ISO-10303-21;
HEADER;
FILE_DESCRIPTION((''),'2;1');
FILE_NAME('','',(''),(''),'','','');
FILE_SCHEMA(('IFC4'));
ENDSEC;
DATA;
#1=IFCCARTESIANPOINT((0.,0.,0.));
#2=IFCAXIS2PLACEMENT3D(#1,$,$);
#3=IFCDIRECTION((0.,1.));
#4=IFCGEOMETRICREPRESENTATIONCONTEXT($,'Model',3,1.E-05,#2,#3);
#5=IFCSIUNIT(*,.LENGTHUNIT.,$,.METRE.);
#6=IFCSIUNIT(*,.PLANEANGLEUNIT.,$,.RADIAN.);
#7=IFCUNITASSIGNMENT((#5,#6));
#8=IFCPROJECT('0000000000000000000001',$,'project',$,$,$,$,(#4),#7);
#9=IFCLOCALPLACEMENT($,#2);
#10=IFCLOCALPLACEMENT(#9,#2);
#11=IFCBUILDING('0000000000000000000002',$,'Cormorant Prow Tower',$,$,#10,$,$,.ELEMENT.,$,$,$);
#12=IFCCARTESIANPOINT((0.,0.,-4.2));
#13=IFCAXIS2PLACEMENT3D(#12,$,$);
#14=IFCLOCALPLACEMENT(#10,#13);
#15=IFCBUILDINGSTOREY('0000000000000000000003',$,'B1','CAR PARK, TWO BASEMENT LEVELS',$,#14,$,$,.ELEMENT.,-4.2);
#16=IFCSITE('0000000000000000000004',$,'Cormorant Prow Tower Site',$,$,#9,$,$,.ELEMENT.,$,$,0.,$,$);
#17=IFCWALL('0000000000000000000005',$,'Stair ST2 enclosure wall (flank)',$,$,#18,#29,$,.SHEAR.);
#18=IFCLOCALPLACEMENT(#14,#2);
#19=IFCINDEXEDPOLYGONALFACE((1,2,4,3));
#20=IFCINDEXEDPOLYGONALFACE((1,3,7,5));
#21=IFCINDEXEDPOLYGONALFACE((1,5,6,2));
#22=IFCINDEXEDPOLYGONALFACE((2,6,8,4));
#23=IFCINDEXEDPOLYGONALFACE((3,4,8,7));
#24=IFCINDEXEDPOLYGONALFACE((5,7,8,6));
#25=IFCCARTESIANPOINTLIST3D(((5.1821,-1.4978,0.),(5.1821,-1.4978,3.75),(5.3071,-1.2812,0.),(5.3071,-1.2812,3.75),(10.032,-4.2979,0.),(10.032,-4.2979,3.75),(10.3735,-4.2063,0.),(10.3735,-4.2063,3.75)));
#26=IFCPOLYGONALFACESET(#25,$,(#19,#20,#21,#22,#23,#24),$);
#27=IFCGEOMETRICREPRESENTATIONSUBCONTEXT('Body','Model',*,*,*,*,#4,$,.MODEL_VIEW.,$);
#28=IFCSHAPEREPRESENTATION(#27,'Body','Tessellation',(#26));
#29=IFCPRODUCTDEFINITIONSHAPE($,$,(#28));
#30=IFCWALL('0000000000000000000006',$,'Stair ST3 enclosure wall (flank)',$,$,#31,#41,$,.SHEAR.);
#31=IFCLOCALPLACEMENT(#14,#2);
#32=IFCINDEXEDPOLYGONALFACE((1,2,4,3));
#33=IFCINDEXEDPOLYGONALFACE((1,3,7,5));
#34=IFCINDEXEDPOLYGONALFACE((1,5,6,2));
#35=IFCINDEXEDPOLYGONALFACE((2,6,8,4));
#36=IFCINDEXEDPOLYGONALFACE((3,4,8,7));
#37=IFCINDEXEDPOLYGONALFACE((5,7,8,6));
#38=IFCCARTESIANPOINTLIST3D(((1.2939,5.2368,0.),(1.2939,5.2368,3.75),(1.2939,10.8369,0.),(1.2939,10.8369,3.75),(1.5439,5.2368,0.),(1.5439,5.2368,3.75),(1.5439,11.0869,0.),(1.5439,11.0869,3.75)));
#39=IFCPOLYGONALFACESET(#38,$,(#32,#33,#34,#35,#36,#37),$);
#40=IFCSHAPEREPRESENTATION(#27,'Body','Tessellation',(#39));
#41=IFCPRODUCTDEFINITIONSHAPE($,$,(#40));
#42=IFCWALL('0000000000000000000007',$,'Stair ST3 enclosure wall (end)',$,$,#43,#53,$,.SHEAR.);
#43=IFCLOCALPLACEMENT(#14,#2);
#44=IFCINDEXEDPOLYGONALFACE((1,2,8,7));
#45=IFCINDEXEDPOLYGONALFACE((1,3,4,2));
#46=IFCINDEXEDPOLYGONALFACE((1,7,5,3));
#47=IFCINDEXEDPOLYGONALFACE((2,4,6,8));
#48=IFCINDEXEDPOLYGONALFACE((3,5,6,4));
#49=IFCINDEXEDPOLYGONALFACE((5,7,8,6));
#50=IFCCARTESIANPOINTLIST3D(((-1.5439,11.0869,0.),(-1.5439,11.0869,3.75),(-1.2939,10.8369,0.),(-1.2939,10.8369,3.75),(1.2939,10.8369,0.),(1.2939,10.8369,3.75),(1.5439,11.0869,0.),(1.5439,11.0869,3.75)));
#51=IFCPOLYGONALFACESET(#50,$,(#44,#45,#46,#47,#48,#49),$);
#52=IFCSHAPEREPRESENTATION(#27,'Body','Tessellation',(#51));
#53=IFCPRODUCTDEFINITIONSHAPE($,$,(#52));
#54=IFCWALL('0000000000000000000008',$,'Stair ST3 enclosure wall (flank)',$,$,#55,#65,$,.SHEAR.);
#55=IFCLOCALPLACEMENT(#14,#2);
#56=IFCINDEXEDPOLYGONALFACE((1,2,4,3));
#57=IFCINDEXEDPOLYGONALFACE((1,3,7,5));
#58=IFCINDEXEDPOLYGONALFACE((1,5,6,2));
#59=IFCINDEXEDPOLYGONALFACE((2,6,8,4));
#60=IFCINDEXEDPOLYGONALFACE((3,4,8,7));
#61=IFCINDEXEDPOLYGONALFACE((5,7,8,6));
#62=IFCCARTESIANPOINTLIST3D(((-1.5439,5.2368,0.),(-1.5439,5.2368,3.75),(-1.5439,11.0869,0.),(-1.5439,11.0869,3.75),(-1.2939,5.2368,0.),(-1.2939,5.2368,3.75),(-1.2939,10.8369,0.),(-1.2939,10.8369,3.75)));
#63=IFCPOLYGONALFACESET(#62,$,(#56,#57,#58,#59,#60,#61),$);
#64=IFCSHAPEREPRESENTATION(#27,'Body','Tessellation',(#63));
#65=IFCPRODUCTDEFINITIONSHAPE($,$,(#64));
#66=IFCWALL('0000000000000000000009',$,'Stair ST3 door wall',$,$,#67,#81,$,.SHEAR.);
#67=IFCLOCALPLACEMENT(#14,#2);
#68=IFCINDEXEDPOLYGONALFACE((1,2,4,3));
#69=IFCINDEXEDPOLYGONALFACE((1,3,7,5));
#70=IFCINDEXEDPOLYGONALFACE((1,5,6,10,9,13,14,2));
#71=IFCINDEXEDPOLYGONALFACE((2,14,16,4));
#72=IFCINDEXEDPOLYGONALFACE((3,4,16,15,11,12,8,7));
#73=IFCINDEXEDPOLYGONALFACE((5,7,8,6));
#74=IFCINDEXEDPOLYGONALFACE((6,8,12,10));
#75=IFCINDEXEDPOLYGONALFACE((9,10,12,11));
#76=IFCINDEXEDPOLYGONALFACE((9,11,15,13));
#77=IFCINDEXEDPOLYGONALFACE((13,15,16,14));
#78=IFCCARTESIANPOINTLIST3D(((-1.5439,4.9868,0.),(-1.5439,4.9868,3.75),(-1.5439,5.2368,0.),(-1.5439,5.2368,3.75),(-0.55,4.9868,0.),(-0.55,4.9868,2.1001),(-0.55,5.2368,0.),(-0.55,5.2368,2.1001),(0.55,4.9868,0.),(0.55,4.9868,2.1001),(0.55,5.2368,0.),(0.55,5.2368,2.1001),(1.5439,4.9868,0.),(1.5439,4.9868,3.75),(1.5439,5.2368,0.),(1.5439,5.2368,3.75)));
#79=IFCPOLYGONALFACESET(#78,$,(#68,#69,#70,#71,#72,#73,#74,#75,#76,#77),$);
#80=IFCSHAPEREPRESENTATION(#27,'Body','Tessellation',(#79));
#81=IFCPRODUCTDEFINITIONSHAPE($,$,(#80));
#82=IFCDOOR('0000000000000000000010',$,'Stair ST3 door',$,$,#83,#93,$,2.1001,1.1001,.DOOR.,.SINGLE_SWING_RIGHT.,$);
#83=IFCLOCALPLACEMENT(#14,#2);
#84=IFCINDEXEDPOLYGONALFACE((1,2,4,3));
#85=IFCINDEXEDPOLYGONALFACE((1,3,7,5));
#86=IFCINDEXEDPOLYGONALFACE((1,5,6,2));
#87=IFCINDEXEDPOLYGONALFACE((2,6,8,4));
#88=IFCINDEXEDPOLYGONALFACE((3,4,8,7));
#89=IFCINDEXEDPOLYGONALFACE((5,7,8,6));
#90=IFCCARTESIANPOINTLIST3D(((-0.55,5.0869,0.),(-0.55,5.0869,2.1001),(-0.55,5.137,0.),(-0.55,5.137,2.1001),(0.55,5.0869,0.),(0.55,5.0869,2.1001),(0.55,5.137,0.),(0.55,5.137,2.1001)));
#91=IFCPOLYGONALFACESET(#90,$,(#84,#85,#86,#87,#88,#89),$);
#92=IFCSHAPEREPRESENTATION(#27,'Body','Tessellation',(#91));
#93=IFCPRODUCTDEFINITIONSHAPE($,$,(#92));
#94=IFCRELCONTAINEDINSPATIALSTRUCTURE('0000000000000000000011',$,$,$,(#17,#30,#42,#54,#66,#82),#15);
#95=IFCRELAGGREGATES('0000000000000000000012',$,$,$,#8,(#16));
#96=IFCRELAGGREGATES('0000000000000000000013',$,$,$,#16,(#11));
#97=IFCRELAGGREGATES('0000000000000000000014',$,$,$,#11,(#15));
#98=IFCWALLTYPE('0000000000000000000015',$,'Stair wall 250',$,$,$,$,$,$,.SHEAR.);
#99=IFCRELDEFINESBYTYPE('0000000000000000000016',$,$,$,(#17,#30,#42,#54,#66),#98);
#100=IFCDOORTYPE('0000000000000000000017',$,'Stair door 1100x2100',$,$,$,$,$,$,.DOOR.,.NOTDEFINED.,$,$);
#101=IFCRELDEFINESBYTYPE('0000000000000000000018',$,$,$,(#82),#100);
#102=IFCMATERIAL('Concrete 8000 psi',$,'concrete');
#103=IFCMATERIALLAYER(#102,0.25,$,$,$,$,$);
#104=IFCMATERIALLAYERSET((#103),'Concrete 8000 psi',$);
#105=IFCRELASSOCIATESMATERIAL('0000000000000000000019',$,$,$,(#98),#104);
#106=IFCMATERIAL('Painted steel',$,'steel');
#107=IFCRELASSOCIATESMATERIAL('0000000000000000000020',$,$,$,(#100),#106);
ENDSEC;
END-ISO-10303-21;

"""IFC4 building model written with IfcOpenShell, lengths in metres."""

from ifc_helpers import new_model, si_unit, direction, frame, frame_2d, origin, place, context, subcontext, project, spatial, polyline, rectangle, outline, extrude, material, layer, layer_set, type_object, element, fill, save


model = new_model("IFC4")

# Units and contexts
model_context = context("Model", 3, precision=1e-05, world=origin(), true_north=direction((0.0, 1.0)))
body_context = subcontext(model_context, "Body", "Model", "MODEL_VIEW")
ifc_project = project(units=[si_unit("LENGTHUNIT", "METRE"), si_unit("PLANEANGLEUNIT", "RADIAN")], contexts=[model_context])

# Site, building, storey
site_placement = place(None, origin())
site = spatial("IfcSite", under=ifc_project, at=site_placement, Name="Cormorant Prow Tower Site", CompositionType="ELEMENT", RefElevation=0.0)
building_placement = place(site_placement, origin())
building = spatial("IfcBuilding", under=site, at=building_placement, Name="Cormorant Prow Tower", CompositionType="ELEMENT")
storey_placement = place(building_placement, frame((0.0, 0.0, -4.2)))
storey = spatial("IfcBuildingStorey", under=building, at=storey_placement, Name="B1", Description="CAR PARK, TWO BASEMENT LEVELS", CompositionType="ELEMENT", Elevation=-4.2)

# Walls
ifc_material_1 = material(Name="Concrete 8000 psi", Category="concrete")
ifc_layer_1 = layer(ifc_material_1, 0.25)
ifc_layer_set_1 = layer_set([ifc_layer_1], Name="Concrete 8000 psi")
wall_type_1 = type_object("IfcWallType", Name="Stair wall 250", PredefinedType="SHEAR", material=ifc_layer_set_1)
wall_1_placement = place(storey_placement, origin())
element("IfcWall", 1, at=wall_1_placement, inside=storey, type_object=wall_type_1, Name="Stair ST2 enclosure wall (flank)", PredefinedType="SHEAR", context=body_context, shape_type="SweptSolid", body=[
    extrude(outline(polyline([(10.032, -4.2979), (10.3735, -4.2063), (5.3071, -1.2812), (5.1821, -1.4978), (10.032, -4.2979)])), origin(), (0.0, 0.0, 1.0), 3.75),
])
wall_2_placement = place(storey_placement, origin())
element("IfcWall", 2, at=wall_2_placement, inside=storey, type_object=wall_type_1, Name="Stair ST3 enclosure wall (flank)", PredefinedType="SHEAR", context=body_context, shape_type="SweptSolid", body=[
    extrude(outline(polyline([(1.5439, 5.2368), (1.5439, 11.0869), (1.2939, 10.8369), (1.2939, 5.2368), (1.5439, 5.2368)])), origin(), (0.0, 0.0, 1.0), 3.75),
])
wall_3_placement = place(storey_placement, origin())
element("IfcWall", 3, at=wall_3_placement, inside=storey, type_object=wall_type_1, Name="Stair ST3 enclosure wall (end)", PredefinedType="SHEAR", context=body_context, shape_type="SweptSolid", body=[
    extrude(outline(polyline([(1.5439, 11.0869), (-1.5439, 11.0869), (-1.2939, 10.8369), (1.2939, 10.8369), (1.5439, 11.0869)])), origin(), (0.0, 0.0, 1.0), 3.75),
])
wall_4_placement = place(storey_placement, origin())
element("IfcWall", 4, at=wall_4_placement, inside=storey, type_object=wall_type_1, Name="Stair ST3 enclosure wall (flank)", PredefinedType="SHEAR", context=body_context, shape_type="SweptSolid", body=[
    extrude(outline(polyline([(-1.2939, 10.8369), (-1.5439, 11.0869), (-1.5439, 5.2368), (-1.2939, 5.2368), (-1.2939, 10.8369)])), origin(), (0.0, 0.0, 1.0), 3.75),
])

# Wall, opening, door
wall_5_placement = place(storey_placement, frame((1.5439, 5.1118, 0.0), z_axis=(0.0, 0.0, 1.0), x_axis=(-1.0, 0.0, 0.0)))
wall_5 = element("IfcWall", 5, at=wall_5_placement, inside=storey, type_object=wall_type_1, Name="Stair ST3 door wall", PredefinedType="SHEAR", context=body_context, shape_type="SweptSolid", body=[
    extrude(rectangle(XDim=3.0879, YDim=0.25, at=frame_2d((1.5439, 0.0))), origin(), (0.0, 0.0, 1.0), 3.75),
])
opening_1_placement = place(wall_5_placement, frame((0.9939, 0.0, 0.0)))
opening_1 = element("IfcOpeningElement", 6, at=opening_1_placement, cuts=wall_5, PredefinedType="OPENING", context=body_context, shape_type="SweptSolid", body=[
    extrude(rectangle(XDim=1.1001, YDim=2.1001, at=frame_2d((0.55, 1.05))), frame((0.0, 0.135, 0.0), z_axis=(0.0, -1.0, 0.0), x_axis=(1.0, 0.0, 0.0)), (0.0, 0.0, 1.0), 0.27),
])
ifc_material_2 = material(Name="Painted steel", Category="steel")
door_type_1 = type_object("IfcDoorType", Name="Stair door 1100x2100", OperationType="NOTDEFINED", PredefinedType="DOOR", material=ifc_material_2)
door_1_placement = place(opening_1_placement, origin())
door_1 = element("IfcDoor", 7, at=door_1_placement, inside=storey, type_object=door_type_1, Name="Stair ST3 door", OperationType="SINGLE_SWING_RIGHT", OverallHeight=2.1001, OverallWidth=1.1001, PredefinedType="DOOR", context=body_context, shape_type="SweptSolid", body=[
    extrude(rectangle(XDim=1.1001, YDim=2.1001, at=frame_2d((0.55, 1.05))), frame((0.0, 0.0249, 0.0), z_axis=(0.0, -1.0, 0.0), x_axis=(1.0, 0.0, 0.0)), (0.0, 0.0, 1.0), 0.05),
])
fill(opening_1, door_1)

save(model, "model.ifc")
